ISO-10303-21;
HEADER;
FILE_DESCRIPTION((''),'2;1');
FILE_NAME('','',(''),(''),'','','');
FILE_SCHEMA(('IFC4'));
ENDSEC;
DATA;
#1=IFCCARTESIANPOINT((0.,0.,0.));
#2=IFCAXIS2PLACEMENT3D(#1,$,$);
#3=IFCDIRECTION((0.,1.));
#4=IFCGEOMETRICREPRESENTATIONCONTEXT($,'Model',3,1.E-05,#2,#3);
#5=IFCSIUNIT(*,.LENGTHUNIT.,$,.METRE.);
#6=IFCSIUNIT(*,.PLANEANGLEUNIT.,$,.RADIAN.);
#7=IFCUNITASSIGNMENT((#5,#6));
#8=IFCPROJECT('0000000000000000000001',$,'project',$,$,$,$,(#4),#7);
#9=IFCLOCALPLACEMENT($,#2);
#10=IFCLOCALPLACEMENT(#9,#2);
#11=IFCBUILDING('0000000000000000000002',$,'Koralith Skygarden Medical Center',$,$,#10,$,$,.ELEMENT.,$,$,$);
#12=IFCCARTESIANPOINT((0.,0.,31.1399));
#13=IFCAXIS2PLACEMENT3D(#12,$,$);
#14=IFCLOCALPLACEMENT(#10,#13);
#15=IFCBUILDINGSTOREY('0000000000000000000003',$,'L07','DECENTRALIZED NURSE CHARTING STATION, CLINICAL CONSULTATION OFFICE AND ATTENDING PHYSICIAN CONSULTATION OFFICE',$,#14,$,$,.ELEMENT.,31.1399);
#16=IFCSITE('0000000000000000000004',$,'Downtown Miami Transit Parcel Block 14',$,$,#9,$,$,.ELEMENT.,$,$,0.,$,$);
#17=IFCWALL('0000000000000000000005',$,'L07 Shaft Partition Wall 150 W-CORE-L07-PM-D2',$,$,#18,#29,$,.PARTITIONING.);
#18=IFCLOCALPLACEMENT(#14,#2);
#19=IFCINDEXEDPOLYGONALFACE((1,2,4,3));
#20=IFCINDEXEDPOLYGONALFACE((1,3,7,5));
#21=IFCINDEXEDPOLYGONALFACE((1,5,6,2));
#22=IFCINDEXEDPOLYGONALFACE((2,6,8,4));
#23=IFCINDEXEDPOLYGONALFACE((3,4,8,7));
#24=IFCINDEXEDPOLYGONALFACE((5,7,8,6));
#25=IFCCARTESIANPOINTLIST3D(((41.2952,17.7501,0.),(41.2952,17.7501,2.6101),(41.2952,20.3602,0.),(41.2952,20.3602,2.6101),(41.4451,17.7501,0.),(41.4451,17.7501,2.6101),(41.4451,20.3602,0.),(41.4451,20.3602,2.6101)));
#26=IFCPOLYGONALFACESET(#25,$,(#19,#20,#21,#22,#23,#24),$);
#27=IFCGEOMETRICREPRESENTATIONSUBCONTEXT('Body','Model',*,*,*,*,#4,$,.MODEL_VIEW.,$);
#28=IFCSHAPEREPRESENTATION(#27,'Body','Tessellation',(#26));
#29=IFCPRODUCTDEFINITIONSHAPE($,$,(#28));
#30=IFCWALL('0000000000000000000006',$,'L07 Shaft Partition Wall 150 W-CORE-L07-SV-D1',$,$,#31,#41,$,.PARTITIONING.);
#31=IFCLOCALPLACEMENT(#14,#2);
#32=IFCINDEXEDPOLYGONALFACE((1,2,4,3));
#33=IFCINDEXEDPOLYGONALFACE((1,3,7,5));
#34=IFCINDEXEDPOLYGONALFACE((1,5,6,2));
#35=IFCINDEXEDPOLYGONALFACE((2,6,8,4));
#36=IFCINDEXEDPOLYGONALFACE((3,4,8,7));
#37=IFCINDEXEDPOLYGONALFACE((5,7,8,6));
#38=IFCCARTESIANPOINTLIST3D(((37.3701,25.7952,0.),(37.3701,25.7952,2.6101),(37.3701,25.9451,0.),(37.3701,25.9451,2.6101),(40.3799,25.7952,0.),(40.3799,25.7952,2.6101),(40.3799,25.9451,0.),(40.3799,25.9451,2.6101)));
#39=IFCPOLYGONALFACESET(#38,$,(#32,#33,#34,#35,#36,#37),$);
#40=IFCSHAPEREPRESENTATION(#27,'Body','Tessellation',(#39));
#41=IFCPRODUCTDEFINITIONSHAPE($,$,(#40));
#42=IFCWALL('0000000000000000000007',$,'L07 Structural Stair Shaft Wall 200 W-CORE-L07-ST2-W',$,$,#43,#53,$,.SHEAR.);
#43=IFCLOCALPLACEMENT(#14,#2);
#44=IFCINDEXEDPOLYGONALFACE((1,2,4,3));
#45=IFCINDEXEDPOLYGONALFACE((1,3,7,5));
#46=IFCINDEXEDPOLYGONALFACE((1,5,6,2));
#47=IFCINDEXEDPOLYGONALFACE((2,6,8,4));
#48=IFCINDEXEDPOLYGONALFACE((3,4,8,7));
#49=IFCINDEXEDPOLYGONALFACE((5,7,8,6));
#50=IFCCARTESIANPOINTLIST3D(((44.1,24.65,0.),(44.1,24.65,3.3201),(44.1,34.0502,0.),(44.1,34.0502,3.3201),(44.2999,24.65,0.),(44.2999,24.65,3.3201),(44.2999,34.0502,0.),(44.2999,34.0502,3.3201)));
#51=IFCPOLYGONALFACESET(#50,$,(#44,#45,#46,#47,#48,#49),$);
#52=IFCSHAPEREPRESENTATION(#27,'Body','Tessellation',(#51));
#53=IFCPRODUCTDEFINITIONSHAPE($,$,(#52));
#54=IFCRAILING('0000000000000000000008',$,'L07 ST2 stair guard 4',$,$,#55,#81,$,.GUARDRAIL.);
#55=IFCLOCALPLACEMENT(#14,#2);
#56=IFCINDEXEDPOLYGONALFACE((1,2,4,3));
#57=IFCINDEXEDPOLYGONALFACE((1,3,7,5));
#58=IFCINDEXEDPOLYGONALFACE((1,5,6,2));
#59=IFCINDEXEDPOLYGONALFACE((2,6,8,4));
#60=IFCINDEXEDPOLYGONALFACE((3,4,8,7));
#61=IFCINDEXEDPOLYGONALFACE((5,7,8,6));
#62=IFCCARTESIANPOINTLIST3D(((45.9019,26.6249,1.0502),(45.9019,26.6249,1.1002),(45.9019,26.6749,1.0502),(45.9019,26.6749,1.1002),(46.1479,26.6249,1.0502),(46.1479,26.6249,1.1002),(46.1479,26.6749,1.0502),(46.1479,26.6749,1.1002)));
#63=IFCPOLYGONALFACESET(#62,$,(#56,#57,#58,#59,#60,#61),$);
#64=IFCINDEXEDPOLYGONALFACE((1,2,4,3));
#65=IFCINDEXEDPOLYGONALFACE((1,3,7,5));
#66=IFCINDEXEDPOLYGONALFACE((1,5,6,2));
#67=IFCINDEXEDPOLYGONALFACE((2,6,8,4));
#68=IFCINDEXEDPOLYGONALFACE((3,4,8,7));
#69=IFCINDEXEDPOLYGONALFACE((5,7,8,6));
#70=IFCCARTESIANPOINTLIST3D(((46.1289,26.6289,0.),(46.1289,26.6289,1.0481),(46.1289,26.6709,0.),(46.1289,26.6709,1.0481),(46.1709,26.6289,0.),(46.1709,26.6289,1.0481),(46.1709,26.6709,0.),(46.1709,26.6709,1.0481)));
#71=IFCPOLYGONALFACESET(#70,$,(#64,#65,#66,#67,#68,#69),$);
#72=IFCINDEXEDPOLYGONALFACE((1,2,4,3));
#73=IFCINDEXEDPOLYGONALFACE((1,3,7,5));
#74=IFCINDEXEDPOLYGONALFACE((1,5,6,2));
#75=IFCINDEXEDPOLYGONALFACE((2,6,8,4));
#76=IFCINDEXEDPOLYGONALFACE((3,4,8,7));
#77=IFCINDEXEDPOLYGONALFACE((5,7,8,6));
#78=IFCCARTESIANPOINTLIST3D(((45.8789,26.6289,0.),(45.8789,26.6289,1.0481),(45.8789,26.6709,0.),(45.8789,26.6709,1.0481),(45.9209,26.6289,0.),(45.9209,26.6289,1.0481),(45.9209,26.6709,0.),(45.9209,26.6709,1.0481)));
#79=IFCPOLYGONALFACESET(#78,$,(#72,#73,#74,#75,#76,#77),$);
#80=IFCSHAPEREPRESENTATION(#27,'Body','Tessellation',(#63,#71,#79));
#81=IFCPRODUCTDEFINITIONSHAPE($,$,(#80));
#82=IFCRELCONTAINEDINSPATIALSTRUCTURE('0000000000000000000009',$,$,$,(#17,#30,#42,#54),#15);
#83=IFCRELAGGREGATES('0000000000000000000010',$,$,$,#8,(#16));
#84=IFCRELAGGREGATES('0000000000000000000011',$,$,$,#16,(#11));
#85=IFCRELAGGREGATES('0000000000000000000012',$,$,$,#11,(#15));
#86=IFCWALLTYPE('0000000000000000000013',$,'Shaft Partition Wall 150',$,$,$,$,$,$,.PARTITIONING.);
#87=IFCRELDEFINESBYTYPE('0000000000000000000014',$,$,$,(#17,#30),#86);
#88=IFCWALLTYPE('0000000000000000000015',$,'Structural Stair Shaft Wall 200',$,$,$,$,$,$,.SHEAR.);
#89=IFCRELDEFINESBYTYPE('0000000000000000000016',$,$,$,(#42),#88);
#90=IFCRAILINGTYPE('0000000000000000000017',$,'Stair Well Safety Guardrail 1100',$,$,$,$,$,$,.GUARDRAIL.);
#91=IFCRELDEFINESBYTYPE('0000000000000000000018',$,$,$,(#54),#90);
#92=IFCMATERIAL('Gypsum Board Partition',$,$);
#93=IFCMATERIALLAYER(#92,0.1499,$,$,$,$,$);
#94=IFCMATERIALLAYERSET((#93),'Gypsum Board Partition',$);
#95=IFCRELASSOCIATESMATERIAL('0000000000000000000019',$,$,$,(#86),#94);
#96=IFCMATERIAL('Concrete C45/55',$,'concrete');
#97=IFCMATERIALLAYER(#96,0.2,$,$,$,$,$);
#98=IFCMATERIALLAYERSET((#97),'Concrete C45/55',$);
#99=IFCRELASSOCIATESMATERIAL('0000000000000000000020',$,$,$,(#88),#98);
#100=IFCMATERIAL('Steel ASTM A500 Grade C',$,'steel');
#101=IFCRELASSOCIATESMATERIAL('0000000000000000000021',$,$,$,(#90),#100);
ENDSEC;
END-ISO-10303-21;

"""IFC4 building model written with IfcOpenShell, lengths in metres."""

from ifc_helpers import new_model, si_unit, direction, frame, frame_2d, origin, origin_2d, place, context, subcontext, project, spatial, rectangle, extrude, material, layer, layer_set, type_object, element, save


model = new_model("IFC4")

# Units and contexts
model_context = context("Model", 3, precision=1e-05, world=origin(), true_north=direction((0.0, 1.0)))
body_context = subcontext(model_context, "Body", "Model", "MODEL_VIEW")
ifc_project = project(units=[si_unit("LENGTHUNIT", "METRE"), si_unit("PLANEANGLEUNIT", "RADIAN")], contexts=[model_context])

# Site, building, storey
site_placement = place(None, origin())
site = spatial("IfcSite", under=ifc_project, at=site_placement, Name="Downtown Miami Transit Parcel Block 14", CompositionType="ELEMENT", RefElevation=0.0)
building_placement = place(site_placement, origin())
building = spatial("IfcBuilding", under=site, at=building_placement, Name="Koralith Skygarden Medical Center", CompositionType="ELEMENT")
storey_placement = place(building_placement, frame((0.0, 0.0, 31.1399)))
storey = spatial("IfcBuildingStorey", under=building, at=storey_placement, Name="L07", Description="DECENTRALIZED NURSE CHARTING STATION, CLINICAL CONSULTATION OFFICE AND ATTENDING PHYSICIAN CONSULTATION OFFICE", CompositionType="ELEMENT", Elevation=31.1399)

# Shared definitions
ifc_material_1 = material(Name="Concrete C45/55", Category="concrete")

# Shared definitions
ifc_material_2 = material(Name="Gypsum Board Partition")

# Shared definitions
ifc_material_3 = material(Name="Steel ASTM A500 Grade C", Category="steel")

# Walls
ifc_layer_1 = layer(ifc_material_2, 0.1499)
ifc_layer_set_1 = layer_set([ifc_layer_1], Name="Gypsum Board Partition")
wall_type_1 = type_object("IfcWallType", Name="Shaft Partition Wall 150", PredefinedType="PARTITIONING", material=ifc_layer_set_1)
wall_1_placement = place(storey_placement, frame((41.3701, 17.75, 0.0), z_axis=(0.0, 0.0, 1.0), x_axis=(0.0, 1.0, 0.0)))
element("IfcWall", 1, at=wall_1_placement, inside=storey, type_object=wall_type_1, Name="L07 Shaft Partition Wall 150 W-CORE-L07-PM-D2", PredefinedType="PARTITIONING", context=body_context, shape_type="SweptSolid", body=[
    extrude(rectangle(XDim=2.6101, YDim=0.1499, at=frame_2d((1.3052, 0.0))), origin(), (0.0, 0.0, 1.0), 2.6101),
])
wall_2_placement = place(storey_placement, frame((37.3701, 25.8701, 0.0), z_axis=(0.0, 0.0, 1.0), x_axis=(1.0, 0.0, 0.0)))
element("IfcWall", 2, at=wall_2_placement, inside=storey, type_object=wall_type_1, Name="L07 Shaft Partition Wall 150 W-CORE-L07-SV-D1", PredefinedType="PARTITIONING", context=body_context, shape_type="SweptSolid", body=[
    extrude(rectangle(XDim=3.0098, YDim=0.1499, at=frame_2d((1.5049, 0.0))), origin(), (0.0, 0.0, 1.0), 2.6101),
])
ifc_layer_2 = layer(ifc_material_1, 0.2)
ifc_layer_set_2 = layer_set([ifc_layer_2], Name="Concrete C45/55")
wall_type_2 = type_object("IfcWallType", Name="Structural Stair Shaft Wall 200", PredefinedType="SHEAR", material=ifc_layer_set_2)
wall_3_placement = place(storey_placement, frame((44.2, 24.6499, 0.0), z_axis=(0.0, 0.0, 1.0), x_axis=(0.0, 1.0, 0.0)))
element("IfcWall", 3, at=wall_3_placement, inside=storey, type_object=wall_type_2, Name="L07 Structural Stair Shaft Wall 200 W-CORE-L07-ST2-W", PredefinedType="SHEAR", context=body_context, shape_type="SweptSolid", body=[
    extrude(rectangle(XDim=9.4001, YDim=0.2, at=frame_2d((4.7002, 0.0))), origin(), (0.0, 0.0, 1.0), 3.3201),
])

# Railing
railing_type = type_object("IfcRailingType", Name="Stair Well Safety Guardrail 1100", PredefinedType="GUARDRAIL", material=ifc_material_3)
railing_placement = place(storey_placement, frame((46.1499, 26.6499, 0.0)))
element("IfcRailing", 4, at=railing_placement, inside=storey, type_object=railing_type, Name="L07 ST2 stair guard 4", PredefinedType="GUARDRAIL", context=body_context, shape_type="SweptSolid", body=[
    extrude(rectangle(XDim=0.05, YDim=0.05, at=origin_2d()), frame((-0.002, 0.0, 1.0752), z_axis=(-1.0, 0.0, 0.0), x_axis=(0.0, -1.0, 0.0)), (0.0, 0.0, 1.0), 0.2461),
    extrude(rectangle(XDim=0.042, YDim=0.042, at=origin_2d()), origin(), (0.0, 0.0, 1.0), 1.0481),
    extrude(rectangle(XDim=0.042, YDim=0.042, at=origin_2d()), frame((-0.25, 0.0, 0.0)), (0.0, 0.0, 1.0), 1.0481),
])

save(model, "model.ifc")
